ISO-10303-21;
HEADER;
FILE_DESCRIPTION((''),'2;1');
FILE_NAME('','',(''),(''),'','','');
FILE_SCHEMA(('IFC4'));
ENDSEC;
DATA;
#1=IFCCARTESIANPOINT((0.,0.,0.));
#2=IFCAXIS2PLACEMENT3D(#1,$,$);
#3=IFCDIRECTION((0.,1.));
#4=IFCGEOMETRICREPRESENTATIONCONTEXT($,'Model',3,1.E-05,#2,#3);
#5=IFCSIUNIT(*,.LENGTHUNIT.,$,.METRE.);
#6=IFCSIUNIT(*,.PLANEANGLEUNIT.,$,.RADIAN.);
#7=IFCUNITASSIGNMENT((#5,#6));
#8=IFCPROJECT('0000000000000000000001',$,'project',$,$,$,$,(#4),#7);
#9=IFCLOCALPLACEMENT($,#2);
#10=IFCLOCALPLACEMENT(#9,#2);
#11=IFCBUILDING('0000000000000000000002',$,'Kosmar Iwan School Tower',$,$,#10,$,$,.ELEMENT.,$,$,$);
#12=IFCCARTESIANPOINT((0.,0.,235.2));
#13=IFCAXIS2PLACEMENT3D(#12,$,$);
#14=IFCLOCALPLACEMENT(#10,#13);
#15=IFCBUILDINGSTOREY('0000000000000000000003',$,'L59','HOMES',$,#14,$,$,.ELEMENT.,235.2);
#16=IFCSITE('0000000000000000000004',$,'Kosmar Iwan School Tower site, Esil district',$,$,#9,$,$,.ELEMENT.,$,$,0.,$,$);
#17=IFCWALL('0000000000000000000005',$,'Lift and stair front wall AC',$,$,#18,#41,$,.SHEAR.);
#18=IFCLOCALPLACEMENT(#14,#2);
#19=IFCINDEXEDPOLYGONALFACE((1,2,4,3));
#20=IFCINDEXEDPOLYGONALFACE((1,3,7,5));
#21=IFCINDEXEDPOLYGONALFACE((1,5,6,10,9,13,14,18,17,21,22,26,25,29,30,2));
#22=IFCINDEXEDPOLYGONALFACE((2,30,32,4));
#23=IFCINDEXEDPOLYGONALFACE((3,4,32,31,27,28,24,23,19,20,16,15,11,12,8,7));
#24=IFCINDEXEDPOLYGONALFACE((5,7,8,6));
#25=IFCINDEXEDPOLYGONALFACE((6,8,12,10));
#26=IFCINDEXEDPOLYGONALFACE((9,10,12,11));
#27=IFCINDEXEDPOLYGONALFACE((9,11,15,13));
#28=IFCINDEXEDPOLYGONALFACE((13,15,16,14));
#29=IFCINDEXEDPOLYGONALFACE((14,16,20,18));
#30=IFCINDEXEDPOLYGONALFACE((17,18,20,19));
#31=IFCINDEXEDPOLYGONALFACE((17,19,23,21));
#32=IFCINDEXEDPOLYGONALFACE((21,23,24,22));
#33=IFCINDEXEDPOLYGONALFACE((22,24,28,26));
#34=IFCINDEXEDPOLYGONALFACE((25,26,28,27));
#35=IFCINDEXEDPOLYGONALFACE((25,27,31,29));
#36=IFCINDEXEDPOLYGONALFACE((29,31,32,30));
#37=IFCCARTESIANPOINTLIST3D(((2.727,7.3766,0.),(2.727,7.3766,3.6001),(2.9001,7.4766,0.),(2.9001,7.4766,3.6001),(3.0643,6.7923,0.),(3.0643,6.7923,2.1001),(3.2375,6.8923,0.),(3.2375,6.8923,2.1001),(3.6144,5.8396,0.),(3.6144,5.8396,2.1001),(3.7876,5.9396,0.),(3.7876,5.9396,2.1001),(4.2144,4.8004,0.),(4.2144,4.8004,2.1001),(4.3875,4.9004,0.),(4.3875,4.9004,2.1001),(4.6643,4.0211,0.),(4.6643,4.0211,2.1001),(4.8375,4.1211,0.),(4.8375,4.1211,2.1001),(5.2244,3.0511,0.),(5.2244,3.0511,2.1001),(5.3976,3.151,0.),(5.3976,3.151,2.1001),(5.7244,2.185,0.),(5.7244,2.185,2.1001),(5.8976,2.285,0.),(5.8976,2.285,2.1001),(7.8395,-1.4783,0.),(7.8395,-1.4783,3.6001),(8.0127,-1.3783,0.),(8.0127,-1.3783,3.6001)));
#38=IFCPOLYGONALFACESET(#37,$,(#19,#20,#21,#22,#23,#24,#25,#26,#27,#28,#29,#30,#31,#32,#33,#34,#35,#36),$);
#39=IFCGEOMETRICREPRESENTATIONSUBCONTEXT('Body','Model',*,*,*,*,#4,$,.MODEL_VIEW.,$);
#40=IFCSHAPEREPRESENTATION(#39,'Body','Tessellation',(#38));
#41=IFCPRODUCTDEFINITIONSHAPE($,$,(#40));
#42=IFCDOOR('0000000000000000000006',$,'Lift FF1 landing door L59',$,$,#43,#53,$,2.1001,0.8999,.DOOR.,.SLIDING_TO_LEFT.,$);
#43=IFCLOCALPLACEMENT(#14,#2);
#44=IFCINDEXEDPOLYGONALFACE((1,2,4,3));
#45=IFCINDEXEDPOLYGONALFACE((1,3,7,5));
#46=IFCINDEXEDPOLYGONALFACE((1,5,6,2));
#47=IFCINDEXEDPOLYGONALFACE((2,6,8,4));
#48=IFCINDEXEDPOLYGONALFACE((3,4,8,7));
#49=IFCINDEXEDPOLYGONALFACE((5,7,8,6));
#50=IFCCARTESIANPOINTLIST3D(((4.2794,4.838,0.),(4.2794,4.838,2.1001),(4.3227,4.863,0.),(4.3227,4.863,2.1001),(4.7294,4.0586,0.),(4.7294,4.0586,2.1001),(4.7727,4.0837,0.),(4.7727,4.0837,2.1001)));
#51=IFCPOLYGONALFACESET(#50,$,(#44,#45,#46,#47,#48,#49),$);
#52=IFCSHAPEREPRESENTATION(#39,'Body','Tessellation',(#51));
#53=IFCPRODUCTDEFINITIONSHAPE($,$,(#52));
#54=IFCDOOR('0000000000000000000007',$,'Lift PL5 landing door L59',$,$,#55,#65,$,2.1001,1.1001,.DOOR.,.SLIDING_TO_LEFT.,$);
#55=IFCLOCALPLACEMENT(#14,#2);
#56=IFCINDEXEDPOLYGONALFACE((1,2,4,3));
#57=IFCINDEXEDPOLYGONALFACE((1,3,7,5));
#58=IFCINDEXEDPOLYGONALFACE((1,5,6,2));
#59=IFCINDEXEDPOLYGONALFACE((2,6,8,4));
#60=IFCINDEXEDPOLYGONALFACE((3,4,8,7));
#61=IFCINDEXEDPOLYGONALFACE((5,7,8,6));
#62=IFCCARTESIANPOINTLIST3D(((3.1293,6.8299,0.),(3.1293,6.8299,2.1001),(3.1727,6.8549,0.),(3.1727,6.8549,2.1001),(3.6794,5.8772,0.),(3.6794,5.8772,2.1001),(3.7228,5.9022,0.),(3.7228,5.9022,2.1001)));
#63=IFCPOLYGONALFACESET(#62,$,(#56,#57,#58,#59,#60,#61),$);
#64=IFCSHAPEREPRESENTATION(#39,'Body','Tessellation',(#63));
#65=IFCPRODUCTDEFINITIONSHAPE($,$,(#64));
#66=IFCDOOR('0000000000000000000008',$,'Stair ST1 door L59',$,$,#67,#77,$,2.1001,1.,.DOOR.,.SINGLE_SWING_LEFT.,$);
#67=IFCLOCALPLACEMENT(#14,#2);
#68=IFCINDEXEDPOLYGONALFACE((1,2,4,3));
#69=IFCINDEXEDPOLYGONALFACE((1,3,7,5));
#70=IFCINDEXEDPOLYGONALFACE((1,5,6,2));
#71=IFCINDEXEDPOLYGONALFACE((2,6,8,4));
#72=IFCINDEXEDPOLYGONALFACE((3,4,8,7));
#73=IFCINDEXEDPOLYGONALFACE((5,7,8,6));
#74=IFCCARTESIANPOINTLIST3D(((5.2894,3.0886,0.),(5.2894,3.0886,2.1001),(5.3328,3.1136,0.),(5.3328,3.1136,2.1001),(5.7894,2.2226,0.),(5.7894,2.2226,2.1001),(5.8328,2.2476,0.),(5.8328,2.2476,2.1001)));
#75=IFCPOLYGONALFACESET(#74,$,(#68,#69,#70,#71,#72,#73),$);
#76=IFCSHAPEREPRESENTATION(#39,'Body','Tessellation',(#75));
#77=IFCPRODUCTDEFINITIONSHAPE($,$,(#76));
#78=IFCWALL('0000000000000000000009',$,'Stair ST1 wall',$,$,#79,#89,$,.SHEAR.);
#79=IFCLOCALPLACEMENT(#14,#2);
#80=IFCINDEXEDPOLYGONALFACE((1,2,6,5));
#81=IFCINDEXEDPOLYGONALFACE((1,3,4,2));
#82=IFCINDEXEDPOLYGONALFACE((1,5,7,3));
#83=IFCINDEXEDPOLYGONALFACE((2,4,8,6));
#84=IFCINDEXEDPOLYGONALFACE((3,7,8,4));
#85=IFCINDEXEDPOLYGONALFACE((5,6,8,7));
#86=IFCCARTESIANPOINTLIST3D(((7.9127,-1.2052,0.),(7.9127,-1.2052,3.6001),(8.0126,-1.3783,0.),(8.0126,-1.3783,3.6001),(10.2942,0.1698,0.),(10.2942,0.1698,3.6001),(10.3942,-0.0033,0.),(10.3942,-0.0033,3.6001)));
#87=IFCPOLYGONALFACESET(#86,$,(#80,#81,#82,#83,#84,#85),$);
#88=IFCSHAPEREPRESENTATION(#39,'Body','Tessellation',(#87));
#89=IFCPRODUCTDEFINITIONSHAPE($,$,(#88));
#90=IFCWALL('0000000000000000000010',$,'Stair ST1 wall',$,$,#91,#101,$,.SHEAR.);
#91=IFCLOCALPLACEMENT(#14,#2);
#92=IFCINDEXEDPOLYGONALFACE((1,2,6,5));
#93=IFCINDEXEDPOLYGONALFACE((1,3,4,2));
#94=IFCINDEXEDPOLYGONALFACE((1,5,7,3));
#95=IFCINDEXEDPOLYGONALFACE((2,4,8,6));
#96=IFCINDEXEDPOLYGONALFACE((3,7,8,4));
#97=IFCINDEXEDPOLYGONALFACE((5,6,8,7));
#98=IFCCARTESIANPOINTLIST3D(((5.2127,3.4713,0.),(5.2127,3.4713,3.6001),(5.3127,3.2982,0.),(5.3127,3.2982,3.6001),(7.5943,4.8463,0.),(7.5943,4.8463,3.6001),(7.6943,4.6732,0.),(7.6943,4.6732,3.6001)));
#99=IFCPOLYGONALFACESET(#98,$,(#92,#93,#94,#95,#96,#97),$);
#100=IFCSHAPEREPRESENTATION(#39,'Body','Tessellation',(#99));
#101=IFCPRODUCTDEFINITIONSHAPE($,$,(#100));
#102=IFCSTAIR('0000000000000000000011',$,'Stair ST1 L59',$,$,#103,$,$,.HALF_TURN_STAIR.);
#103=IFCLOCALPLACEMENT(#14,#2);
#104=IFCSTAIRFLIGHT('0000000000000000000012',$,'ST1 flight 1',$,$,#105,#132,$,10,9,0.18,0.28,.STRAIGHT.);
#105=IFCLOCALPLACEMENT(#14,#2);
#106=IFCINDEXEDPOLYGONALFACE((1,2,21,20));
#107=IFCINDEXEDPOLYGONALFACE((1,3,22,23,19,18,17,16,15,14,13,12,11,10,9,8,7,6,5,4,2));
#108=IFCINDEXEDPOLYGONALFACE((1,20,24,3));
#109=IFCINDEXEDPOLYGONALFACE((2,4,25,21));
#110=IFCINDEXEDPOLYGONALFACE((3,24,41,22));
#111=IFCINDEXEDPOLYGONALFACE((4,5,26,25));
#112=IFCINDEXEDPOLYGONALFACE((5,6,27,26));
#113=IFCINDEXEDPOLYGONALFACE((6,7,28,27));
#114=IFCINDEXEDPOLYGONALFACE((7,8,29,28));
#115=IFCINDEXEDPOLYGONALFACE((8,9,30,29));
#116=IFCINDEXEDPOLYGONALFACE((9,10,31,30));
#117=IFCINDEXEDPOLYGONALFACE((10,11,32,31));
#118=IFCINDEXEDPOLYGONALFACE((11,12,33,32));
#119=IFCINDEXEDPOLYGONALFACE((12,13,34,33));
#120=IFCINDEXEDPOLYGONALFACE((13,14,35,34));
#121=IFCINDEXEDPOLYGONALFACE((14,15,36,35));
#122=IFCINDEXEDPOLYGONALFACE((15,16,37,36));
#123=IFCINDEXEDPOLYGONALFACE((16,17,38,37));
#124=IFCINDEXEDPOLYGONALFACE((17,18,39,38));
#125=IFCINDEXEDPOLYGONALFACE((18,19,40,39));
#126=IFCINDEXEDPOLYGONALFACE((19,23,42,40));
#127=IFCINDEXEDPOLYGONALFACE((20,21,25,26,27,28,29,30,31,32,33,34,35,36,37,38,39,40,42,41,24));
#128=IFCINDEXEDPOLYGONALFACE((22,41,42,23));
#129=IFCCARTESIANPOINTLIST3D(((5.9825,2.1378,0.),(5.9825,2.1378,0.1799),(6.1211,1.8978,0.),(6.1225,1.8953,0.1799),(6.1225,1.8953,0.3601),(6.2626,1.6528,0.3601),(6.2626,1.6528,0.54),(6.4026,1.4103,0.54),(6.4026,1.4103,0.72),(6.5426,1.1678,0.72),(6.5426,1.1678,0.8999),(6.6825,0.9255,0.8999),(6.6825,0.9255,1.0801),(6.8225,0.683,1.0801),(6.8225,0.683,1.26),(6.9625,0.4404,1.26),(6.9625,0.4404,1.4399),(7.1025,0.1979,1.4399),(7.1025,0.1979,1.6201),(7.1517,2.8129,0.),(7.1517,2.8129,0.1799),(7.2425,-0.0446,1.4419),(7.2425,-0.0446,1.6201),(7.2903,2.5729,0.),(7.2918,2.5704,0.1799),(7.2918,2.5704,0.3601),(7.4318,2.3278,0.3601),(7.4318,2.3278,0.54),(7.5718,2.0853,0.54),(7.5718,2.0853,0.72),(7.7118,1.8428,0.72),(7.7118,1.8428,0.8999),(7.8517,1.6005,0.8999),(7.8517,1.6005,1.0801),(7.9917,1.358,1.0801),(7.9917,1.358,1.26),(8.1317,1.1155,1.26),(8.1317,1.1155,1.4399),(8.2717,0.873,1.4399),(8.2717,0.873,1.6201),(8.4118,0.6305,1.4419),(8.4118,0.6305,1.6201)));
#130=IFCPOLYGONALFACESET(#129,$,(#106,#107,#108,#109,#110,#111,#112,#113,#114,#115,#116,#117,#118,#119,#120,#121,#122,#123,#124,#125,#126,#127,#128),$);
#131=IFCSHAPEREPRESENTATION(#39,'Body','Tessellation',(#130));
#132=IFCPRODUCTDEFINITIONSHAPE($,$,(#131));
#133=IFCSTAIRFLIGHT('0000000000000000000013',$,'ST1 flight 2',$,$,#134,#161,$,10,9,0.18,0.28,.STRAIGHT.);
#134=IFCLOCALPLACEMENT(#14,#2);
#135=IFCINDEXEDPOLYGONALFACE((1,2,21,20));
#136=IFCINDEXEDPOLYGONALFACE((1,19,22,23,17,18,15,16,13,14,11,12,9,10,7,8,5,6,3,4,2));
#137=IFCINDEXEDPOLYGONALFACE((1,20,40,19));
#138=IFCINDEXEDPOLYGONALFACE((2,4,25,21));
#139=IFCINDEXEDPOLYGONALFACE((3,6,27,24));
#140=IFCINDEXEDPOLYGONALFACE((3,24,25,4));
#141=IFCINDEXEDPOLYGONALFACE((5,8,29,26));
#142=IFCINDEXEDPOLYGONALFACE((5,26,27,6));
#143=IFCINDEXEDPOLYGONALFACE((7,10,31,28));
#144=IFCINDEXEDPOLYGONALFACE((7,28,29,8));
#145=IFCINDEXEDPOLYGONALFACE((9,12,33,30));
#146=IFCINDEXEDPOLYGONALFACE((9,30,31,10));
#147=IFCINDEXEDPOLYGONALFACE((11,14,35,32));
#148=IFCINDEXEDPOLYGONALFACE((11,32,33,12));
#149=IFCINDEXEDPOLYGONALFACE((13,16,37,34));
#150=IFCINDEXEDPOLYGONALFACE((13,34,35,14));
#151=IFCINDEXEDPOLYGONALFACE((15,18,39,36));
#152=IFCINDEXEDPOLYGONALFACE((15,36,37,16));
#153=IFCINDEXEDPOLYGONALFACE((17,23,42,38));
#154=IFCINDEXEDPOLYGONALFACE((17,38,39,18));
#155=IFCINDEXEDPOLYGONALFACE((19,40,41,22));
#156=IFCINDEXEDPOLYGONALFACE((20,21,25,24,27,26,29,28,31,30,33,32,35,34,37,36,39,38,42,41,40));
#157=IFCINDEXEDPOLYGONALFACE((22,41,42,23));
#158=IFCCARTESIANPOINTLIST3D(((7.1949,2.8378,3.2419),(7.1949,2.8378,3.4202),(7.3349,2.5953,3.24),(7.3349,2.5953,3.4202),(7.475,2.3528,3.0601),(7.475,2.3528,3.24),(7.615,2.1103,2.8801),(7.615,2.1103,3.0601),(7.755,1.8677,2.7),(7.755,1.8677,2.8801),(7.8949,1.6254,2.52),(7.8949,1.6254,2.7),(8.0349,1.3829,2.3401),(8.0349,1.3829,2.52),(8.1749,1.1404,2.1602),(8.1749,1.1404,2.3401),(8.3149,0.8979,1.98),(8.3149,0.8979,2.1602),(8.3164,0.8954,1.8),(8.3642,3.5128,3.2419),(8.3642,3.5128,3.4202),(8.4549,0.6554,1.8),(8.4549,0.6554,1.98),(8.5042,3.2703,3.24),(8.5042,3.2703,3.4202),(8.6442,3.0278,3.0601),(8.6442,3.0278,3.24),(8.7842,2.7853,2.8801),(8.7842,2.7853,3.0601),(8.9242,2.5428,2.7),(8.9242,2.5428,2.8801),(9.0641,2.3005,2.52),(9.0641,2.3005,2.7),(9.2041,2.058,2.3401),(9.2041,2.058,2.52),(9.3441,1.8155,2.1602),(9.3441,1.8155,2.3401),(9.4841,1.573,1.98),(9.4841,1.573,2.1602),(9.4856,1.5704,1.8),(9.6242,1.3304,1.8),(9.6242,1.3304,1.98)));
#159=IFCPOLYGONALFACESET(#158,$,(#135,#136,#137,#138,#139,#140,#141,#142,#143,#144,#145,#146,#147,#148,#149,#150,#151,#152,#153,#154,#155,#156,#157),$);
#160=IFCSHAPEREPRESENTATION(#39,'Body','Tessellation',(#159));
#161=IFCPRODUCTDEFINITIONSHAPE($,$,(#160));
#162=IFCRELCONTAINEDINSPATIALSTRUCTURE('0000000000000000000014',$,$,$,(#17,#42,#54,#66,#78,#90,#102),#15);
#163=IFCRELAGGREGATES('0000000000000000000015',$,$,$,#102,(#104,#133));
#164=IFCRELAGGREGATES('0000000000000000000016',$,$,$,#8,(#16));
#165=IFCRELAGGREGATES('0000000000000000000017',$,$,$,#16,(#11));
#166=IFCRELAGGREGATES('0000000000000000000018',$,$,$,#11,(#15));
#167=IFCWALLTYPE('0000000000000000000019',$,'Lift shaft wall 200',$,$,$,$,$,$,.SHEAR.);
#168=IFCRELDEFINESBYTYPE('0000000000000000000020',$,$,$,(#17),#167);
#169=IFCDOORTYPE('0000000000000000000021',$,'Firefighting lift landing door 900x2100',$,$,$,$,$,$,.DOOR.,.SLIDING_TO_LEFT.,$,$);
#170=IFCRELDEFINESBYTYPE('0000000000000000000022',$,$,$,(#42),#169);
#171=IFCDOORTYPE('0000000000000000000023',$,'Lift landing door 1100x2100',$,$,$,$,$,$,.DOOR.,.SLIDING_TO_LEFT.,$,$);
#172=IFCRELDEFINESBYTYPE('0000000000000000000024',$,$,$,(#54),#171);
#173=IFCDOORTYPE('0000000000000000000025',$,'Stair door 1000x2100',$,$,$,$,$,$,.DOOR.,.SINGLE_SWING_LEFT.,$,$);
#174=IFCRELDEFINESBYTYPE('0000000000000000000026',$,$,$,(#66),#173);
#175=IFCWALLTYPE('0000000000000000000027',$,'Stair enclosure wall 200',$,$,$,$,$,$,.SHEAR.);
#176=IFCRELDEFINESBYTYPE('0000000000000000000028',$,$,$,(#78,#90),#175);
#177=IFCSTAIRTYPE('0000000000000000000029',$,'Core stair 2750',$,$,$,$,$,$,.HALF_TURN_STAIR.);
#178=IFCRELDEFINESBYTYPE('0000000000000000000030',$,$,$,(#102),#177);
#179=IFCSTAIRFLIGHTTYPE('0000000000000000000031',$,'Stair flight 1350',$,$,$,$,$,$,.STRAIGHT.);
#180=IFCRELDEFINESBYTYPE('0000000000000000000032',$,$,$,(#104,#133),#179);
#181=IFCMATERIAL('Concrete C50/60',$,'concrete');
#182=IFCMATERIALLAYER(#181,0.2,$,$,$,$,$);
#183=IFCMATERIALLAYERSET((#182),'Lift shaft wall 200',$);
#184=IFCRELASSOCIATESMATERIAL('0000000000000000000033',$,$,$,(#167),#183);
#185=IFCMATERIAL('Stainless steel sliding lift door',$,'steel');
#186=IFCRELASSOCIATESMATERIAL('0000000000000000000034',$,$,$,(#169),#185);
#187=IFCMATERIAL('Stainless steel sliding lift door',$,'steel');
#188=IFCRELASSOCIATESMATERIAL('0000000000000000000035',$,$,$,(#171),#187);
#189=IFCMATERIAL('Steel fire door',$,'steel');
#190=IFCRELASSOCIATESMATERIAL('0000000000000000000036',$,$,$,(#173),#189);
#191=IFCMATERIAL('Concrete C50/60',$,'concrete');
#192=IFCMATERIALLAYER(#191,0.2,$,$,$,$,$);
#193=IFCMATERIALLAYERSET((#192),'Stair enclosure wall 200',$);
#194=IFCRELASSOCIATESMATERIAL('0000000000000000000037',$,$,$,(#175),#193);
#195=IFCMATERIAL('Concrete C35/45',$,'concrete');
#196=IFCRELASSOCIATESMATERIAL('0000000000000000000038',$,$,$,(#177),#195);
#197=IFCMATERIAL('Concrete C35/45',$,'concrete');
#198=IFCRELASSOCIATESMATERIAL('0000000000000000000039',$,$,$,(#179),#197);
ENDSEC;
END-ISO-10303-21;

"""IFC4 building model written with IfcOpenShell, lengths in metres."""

from ifc_helpers import new_model, si_unit, direction, frame, frame_2d, origin, place, context, subcontext, project, spatial, polyline, rectangle, outline, extrude, material, layer, layer_set, type_object, element, fill, aggregate, save


model = new_model("IFC4")

# Units and contexts
model_context = context("Model", 3, precision=1e-05, world=origin(), true_north=direction((0.0, 1.0)))
body_context = subcontext(model_context, "Body", "Model", "MODEL_VIEW")
ifc_project = project(units=[si_unit("LENGTHUNIT", "METRE"), si_unit("PLANEANGLEUNIT", "RADIAN")], contexts=[model_context])

# Site, building, storey
site_placement = place(None, origin())
site = spatial("IfcSite", under=ifc_project, at=site_placement, Name="Kosmar Iwan School Tower site, Esil district", CompositionType="ELEMENT", RefElevation=0.0)
building_placement = place(site_placement, origin())
building = spatial("IfcBuilding", under=site, at=building_placement, Name="Kosmar Iwan School Tower", CompositionType="ELEMENT")
storey_placement = place(building_placement, frame((0.0, 0.0, 235.2)))
storey = spatial("IfcBuildingStorey", under=building, at=storey_placement, Name="L59", Description="HOMES", CompositionType="ELEMENT", Elevation=235.2)

# Wall, openings, doors
ifc_material_1 = material(Name="Concrete C50/60", Category="concrete")
ifc_layer_1 = layer(ifc_material_1, 0.2)
ifc_layer_set_1 = layer_set([ifc_layer_1], Name="Lift shaft wall 200")
wall_type_1 = type_object("IfcWallType", Name="Lift shaft wall 200", PredefinedType="SHEAR", material=ifc_layer_set_1)
wall_1_placement = place(storey_placement, frame((7.926, -1.4282, 0.0), z_axis=(0.0, 0.0, 1.0), x_axis=(-0.500009, 0.86602, 0.0)))
wall_1 = element("IfcWall", 1, at=wall_1_placement, inside=storey, type_object=wall_type_1, Name="Lift and stair front wall AC", PredefinedType="SHEAR", context=body_context, shape_type="SweptSolid", body=[
    extrude(rectangle(XDim=10.2249, YDim=0.2, at=frame_2d((5.1123, 0.0))), origin(), (0.0, 0.0, 1.0), 3.6001),
])
opening_1_placement = place(wall_1_placement, frame((6.3501, 0.0, 0.0)))
opening_1 = element("IfcOpeningElement", 2, at=opening_1_placement, cuts=wall_1, PredefinedType="OPENING", context=body_context, shape_type="SweptSolid", body=[
    extrude(rectangle(XDim=0.8999, YDim=2.1001, at=frame_2d((0.45, 1.05))), frame((0.0, 0.1121, 0.0), z_axis=(0.0, -1.0, 0.0), x_axis=(1.0, 0.0, 0.0)), (0.0, 0.0, 1.0), 0.2239),
])
opening_2_placement = place(wall_1_placement, frame((8.45, 0.0, 0.0)))
opening_2 = element("IfcOpeningElement", 3, at=opening_2_placement, cuts=wall_1, PredefinedType="OPENING", context=body_context, shape_type="SweptSolid", body=[
    extrude(rectangle(XDim=1.1001, YDim=2.1001, at=frame_2d((0.55, 1.05))), frame((0.0, 0.1121, 0.0), z_axis=(0.0, -1.0, 0.0), x_axis=(1.0, 0.0, 0.0)), (0.0, 0.0, 1.0), 0.2239),
])
opening_3_placement = place(wall_1_placement, frame((4.23, 0.0, 0.0)))
opening_3 = element("IfcOpeningElement", 4, at=opening_3_placement, cuts=wall_1, PredefinedType="OPENING", context=body_context, shape_type="SweptSolid", body=[
    extrude(rectangle(XDim=1.0, YDim=2.1001, at=frame_2d((0.5, 1.05))), frame((0.0, 0.1121, 0.0), z_axis=(0.0, -1.0, 0.0), x_axis=(1.0, 0.0, 0.0)), (0.0, 0.0, 1.0), 0.2239),
])
ifc_material_2 = material(Name="Stainless steel sliding lift door", Category="steel")
door_type_1 = type_object("IfcDoorType", Name="Firefighting lift landing door 900x2100", OperationType="SLIDING_TO_LEFT", PredefinedType="DOOR", material=ifc_material_2)
door_1_placement = place(opening_1_placement, origin())
door_1 = element("IfcDoor", 5, at=door_1_placement, inside=storey, type_object=door_type_1, Name="Lift FF1 landing door L59", OperationType="SLIDING_TO_LEFT", OverallHeight=2.1001, OverallWidth=0.8999, PredefinedType="DOOR", context=body_context, shape_type="SweptSolid", body=[
    extrude(rectangle(XDim=0.8999, YDim=2.1001, at=frame_2d((0.45, 1.05))), frame((0.0, 0.0249, 0.0), z_axis=(0.0, -1.0, 0.0), x_axis=(1.0, 0.0, 0.0)), (0.0, 0.0, 1.0), 0.05),
])
fill(opening_1, door_1)
ifc_material_3 = material(Name="Stainless steel sliding lift door", Category="steel")
door_type_2 = type_object("IfcDoorType", Name="Lift landing door 1100x2100", OperationType="SLIDING_TO_LEFT", PredefinedType="DOOR", material=ifc_material_3)
door_2_placement = place(opening_2_placement, origin())
door_2 = element("IfcDoor", 6, at=door_2_placement, inside=storey, type_object=door_type_2, Name="Lift PL5 landing door L59", OperationType="SLIDING_TO_LEFT", OverallHeight=2.1001, OverallWidth=1.1001, PredefinedType="DOOR", context=body_context, shape_type="SweptSolid", body=[
    extrude(rectangle(XDim=1.1001, YDim=2.1001, at=frame_2d((0.55, 1.05))), frame((0.0, 0.0249, 0.0), z_axis=(0.0, -1.0, 0.0), x_axis=(1.0, 0.0, 0.0)), (0.0, 0.0, 1.0), 0.05),
])
fill(opening_2, door_2)
ifc_material_4 = material(Name="Steel fire door", Category="steel")
door_type_3 = type_object("IfcDoorType", Name="Stair door 1000x2100", OperationType="SINGLE_SWING_LEFT", PredefinedType="DOOR", material=ifc_material_4)
door_3_placement = place(opening_3_placement, origin())
door_3 = element("IfcDoor", 7, at=door_3_placement, inside=storey, type_object=door_type_3, Name="Stair ST1 door L59", OperationType="SINGLE_SWING_LEFT", OverallHeight=2.1001, OverallWidth=1.0, PredefinedType="DOOR", context=body_context, shape_type="SweptSolid", body=[
    extrude(rectangle(XDim=1.0, YDim=2.1001, at=frame_2d((0.5, 1.05))), frame((0.0, 0.0249, 0.0), z_axis=(0.0, -1.0, 0.0), x_axis=(1.0, 0.0, 0.0)), (0.0, 0.0, 1.0), 0.05),
])
fill(opening_3, door_3)

# Walls
ifc_material_5 = material(Name="Concrete C50/60", Category="concrete")
ifc_layer_2 = layer(ifc_material_5, 0.2)
ifc_layer_set_2 = layer_set([ifc_layer_2], Name="Stair enclosure wall 200")
wall_type_2 = type_object("IfcWallType", Name="Stair enclosure wall 200", PredefinedType="SHEAR", material=ifc_layer_set_2)
for number, where, z_axis, x_axis, name in (
    (8, (7.9626, -1.2917, 0.0), (0.0, 0.0, 1.0), (0.866027, 0.499997, 0.0), "Stair ST1 wall"),
    (9, (5.2627, 3.3848, 0.0), (0.0, 0.0, 1.0), (0.866027, 0.499997, 0.0), "Stair ST1 wall"),
):
    element("IfcWall", number, at=place(storey_placement, frame(where, z_axis=z_axis, x_axis=x_axis)), inside=storey, type_object=wall_type_2, Name=name, PredefinedType="SHEAR", context=body_context, shape_type="SweptSolid", body=[
        extrude(rectangle(XDim=2.75, YDim=0.2, at=frame_2d((1.375, 0.0))), origin(), (0.0, 0.0, 1.0), 3.6001),
    ])

# Stair, stair flights
ifc_material_6 = material(Name="Concrete C35/45", Category="concrete")
stair_type = type_object("IfcStairType", Name="Core stair 2750", PredefinedType="HALF_TURN_STAIR", material=ifc_material_6)
stair_placement = place(storey_placement, origin())
stair = element("IfcStair", 10, at=stair_placement, inside=storey, type_object=stair_type, Name="Stair ST1 L59", PredefinedType="HALF_TURN_STAIR")
ifc_material_7 = material(Name="Concrete C35/45", Category="concrete")
stair_flight_type = type_object("IfcStairFlightType", Name="Stair flight 1350", PredefinedType="STRAIGHT", material=ifc_material_7)
stair_flight_1_placement = place(storey_placement, frame((6.5671, 2.4753, 0.0), z_axis=(0.0, 0.0, 1.0), x_axis=(0.5, -0.866025, 0.0)))
stair_flight_1 = element("IfcStairFlight", 11, at=stair_flight_1_placement, type_object=stair_flight_type, Name="ST1 flight 1", NumberOfRisers=10, NumberOfTreads=9, PredefinedType="STRAIGHT", RiserHeight=0.18, TreadLength=0.28, context=body_context, shape_type="SweptSolid", body=[
    extrude(outline(polyline([(0.0, 0.0), (0.0, 0.1799), (0.28, 0.1799), (0.28, 0.3601), (0.5601, 0.3601), (0.5601, 0.54), (0.8401, 0.54), (0.8401, 0.72), (1.1201, 0.72), (1.1201, 0.8999), (1.3999, 0.8999), (1.3999, 1.0801), (1.6799, 1.0801), (1.6799, 1.26), (1.96, 1.26), (1.96, 1.4399), (2.24, 1.4399), (2.24, 1.6201), (2.52, 1.6201), (2.52, 1.8), (2.52, 1.4419), (0.2771, 0.0), (0.0, 0.0)])), frame((0.0, 0.675, 0.0), z_axis=(0.0, -1.0, 0.0), x_axis=(1.0, 0.0, 0.0)), (0.0, 0.0, 1.0), 1.3501),
])
stair_flight_2_placement = place(storey_placement, frame((9.0396, 0.9929, 1.8), z_axis=(0.0, 0.0, 1.0), x_axis=(-0.5, 0.866025, 0.0)))
stair_flight_2 = element("IfcStairFlight", 12, at=stair_flight_2_placement, type_object=stair_flight_type, Name="ST1 flight 2", NumberOfRisers=10, NumberOfTreads=9, PredefinedType="STRAIGHT", RiserHeight=0.18, TreadLength=0.28, context=body_context, shape_type="SweptSolid", body=[
    extrude(outline(polyline([(0.0, 0.0), (0.0, 0.1799), (0.28, 0.1799), (0.28, 0.3601), (0.5601, 0.3601), (0.5601, 0.54), (0.8401, 0.54), (0.8401, 0.72), (1.1201, 0.72), (1.1201, 0.8999), (1.3999, 0.8999), (1.3999, 1.0801), (1.6799, 1.0801), (1.6799, 1.26), (1.96, 1.26), (1.96, 1.4399), (2.24, 1.4399), (2.24, 1.6201), (2.52, 1.6201), (2.52, 1.8), (2.52, 1.4419), (0.2771, 0.0), (0.0, 0.0)])), frame((0.0, 0.675, 0.0), z_axis=(0.0, -1.0, 0.0), x_axis=(1.0, 0.0, 0.0)), (0.0, 0.0, 1.0), 1.3501),
])
aggregate(stair, [stair_flight_1, stair_flight_2])

save(model, "model.ifc")
